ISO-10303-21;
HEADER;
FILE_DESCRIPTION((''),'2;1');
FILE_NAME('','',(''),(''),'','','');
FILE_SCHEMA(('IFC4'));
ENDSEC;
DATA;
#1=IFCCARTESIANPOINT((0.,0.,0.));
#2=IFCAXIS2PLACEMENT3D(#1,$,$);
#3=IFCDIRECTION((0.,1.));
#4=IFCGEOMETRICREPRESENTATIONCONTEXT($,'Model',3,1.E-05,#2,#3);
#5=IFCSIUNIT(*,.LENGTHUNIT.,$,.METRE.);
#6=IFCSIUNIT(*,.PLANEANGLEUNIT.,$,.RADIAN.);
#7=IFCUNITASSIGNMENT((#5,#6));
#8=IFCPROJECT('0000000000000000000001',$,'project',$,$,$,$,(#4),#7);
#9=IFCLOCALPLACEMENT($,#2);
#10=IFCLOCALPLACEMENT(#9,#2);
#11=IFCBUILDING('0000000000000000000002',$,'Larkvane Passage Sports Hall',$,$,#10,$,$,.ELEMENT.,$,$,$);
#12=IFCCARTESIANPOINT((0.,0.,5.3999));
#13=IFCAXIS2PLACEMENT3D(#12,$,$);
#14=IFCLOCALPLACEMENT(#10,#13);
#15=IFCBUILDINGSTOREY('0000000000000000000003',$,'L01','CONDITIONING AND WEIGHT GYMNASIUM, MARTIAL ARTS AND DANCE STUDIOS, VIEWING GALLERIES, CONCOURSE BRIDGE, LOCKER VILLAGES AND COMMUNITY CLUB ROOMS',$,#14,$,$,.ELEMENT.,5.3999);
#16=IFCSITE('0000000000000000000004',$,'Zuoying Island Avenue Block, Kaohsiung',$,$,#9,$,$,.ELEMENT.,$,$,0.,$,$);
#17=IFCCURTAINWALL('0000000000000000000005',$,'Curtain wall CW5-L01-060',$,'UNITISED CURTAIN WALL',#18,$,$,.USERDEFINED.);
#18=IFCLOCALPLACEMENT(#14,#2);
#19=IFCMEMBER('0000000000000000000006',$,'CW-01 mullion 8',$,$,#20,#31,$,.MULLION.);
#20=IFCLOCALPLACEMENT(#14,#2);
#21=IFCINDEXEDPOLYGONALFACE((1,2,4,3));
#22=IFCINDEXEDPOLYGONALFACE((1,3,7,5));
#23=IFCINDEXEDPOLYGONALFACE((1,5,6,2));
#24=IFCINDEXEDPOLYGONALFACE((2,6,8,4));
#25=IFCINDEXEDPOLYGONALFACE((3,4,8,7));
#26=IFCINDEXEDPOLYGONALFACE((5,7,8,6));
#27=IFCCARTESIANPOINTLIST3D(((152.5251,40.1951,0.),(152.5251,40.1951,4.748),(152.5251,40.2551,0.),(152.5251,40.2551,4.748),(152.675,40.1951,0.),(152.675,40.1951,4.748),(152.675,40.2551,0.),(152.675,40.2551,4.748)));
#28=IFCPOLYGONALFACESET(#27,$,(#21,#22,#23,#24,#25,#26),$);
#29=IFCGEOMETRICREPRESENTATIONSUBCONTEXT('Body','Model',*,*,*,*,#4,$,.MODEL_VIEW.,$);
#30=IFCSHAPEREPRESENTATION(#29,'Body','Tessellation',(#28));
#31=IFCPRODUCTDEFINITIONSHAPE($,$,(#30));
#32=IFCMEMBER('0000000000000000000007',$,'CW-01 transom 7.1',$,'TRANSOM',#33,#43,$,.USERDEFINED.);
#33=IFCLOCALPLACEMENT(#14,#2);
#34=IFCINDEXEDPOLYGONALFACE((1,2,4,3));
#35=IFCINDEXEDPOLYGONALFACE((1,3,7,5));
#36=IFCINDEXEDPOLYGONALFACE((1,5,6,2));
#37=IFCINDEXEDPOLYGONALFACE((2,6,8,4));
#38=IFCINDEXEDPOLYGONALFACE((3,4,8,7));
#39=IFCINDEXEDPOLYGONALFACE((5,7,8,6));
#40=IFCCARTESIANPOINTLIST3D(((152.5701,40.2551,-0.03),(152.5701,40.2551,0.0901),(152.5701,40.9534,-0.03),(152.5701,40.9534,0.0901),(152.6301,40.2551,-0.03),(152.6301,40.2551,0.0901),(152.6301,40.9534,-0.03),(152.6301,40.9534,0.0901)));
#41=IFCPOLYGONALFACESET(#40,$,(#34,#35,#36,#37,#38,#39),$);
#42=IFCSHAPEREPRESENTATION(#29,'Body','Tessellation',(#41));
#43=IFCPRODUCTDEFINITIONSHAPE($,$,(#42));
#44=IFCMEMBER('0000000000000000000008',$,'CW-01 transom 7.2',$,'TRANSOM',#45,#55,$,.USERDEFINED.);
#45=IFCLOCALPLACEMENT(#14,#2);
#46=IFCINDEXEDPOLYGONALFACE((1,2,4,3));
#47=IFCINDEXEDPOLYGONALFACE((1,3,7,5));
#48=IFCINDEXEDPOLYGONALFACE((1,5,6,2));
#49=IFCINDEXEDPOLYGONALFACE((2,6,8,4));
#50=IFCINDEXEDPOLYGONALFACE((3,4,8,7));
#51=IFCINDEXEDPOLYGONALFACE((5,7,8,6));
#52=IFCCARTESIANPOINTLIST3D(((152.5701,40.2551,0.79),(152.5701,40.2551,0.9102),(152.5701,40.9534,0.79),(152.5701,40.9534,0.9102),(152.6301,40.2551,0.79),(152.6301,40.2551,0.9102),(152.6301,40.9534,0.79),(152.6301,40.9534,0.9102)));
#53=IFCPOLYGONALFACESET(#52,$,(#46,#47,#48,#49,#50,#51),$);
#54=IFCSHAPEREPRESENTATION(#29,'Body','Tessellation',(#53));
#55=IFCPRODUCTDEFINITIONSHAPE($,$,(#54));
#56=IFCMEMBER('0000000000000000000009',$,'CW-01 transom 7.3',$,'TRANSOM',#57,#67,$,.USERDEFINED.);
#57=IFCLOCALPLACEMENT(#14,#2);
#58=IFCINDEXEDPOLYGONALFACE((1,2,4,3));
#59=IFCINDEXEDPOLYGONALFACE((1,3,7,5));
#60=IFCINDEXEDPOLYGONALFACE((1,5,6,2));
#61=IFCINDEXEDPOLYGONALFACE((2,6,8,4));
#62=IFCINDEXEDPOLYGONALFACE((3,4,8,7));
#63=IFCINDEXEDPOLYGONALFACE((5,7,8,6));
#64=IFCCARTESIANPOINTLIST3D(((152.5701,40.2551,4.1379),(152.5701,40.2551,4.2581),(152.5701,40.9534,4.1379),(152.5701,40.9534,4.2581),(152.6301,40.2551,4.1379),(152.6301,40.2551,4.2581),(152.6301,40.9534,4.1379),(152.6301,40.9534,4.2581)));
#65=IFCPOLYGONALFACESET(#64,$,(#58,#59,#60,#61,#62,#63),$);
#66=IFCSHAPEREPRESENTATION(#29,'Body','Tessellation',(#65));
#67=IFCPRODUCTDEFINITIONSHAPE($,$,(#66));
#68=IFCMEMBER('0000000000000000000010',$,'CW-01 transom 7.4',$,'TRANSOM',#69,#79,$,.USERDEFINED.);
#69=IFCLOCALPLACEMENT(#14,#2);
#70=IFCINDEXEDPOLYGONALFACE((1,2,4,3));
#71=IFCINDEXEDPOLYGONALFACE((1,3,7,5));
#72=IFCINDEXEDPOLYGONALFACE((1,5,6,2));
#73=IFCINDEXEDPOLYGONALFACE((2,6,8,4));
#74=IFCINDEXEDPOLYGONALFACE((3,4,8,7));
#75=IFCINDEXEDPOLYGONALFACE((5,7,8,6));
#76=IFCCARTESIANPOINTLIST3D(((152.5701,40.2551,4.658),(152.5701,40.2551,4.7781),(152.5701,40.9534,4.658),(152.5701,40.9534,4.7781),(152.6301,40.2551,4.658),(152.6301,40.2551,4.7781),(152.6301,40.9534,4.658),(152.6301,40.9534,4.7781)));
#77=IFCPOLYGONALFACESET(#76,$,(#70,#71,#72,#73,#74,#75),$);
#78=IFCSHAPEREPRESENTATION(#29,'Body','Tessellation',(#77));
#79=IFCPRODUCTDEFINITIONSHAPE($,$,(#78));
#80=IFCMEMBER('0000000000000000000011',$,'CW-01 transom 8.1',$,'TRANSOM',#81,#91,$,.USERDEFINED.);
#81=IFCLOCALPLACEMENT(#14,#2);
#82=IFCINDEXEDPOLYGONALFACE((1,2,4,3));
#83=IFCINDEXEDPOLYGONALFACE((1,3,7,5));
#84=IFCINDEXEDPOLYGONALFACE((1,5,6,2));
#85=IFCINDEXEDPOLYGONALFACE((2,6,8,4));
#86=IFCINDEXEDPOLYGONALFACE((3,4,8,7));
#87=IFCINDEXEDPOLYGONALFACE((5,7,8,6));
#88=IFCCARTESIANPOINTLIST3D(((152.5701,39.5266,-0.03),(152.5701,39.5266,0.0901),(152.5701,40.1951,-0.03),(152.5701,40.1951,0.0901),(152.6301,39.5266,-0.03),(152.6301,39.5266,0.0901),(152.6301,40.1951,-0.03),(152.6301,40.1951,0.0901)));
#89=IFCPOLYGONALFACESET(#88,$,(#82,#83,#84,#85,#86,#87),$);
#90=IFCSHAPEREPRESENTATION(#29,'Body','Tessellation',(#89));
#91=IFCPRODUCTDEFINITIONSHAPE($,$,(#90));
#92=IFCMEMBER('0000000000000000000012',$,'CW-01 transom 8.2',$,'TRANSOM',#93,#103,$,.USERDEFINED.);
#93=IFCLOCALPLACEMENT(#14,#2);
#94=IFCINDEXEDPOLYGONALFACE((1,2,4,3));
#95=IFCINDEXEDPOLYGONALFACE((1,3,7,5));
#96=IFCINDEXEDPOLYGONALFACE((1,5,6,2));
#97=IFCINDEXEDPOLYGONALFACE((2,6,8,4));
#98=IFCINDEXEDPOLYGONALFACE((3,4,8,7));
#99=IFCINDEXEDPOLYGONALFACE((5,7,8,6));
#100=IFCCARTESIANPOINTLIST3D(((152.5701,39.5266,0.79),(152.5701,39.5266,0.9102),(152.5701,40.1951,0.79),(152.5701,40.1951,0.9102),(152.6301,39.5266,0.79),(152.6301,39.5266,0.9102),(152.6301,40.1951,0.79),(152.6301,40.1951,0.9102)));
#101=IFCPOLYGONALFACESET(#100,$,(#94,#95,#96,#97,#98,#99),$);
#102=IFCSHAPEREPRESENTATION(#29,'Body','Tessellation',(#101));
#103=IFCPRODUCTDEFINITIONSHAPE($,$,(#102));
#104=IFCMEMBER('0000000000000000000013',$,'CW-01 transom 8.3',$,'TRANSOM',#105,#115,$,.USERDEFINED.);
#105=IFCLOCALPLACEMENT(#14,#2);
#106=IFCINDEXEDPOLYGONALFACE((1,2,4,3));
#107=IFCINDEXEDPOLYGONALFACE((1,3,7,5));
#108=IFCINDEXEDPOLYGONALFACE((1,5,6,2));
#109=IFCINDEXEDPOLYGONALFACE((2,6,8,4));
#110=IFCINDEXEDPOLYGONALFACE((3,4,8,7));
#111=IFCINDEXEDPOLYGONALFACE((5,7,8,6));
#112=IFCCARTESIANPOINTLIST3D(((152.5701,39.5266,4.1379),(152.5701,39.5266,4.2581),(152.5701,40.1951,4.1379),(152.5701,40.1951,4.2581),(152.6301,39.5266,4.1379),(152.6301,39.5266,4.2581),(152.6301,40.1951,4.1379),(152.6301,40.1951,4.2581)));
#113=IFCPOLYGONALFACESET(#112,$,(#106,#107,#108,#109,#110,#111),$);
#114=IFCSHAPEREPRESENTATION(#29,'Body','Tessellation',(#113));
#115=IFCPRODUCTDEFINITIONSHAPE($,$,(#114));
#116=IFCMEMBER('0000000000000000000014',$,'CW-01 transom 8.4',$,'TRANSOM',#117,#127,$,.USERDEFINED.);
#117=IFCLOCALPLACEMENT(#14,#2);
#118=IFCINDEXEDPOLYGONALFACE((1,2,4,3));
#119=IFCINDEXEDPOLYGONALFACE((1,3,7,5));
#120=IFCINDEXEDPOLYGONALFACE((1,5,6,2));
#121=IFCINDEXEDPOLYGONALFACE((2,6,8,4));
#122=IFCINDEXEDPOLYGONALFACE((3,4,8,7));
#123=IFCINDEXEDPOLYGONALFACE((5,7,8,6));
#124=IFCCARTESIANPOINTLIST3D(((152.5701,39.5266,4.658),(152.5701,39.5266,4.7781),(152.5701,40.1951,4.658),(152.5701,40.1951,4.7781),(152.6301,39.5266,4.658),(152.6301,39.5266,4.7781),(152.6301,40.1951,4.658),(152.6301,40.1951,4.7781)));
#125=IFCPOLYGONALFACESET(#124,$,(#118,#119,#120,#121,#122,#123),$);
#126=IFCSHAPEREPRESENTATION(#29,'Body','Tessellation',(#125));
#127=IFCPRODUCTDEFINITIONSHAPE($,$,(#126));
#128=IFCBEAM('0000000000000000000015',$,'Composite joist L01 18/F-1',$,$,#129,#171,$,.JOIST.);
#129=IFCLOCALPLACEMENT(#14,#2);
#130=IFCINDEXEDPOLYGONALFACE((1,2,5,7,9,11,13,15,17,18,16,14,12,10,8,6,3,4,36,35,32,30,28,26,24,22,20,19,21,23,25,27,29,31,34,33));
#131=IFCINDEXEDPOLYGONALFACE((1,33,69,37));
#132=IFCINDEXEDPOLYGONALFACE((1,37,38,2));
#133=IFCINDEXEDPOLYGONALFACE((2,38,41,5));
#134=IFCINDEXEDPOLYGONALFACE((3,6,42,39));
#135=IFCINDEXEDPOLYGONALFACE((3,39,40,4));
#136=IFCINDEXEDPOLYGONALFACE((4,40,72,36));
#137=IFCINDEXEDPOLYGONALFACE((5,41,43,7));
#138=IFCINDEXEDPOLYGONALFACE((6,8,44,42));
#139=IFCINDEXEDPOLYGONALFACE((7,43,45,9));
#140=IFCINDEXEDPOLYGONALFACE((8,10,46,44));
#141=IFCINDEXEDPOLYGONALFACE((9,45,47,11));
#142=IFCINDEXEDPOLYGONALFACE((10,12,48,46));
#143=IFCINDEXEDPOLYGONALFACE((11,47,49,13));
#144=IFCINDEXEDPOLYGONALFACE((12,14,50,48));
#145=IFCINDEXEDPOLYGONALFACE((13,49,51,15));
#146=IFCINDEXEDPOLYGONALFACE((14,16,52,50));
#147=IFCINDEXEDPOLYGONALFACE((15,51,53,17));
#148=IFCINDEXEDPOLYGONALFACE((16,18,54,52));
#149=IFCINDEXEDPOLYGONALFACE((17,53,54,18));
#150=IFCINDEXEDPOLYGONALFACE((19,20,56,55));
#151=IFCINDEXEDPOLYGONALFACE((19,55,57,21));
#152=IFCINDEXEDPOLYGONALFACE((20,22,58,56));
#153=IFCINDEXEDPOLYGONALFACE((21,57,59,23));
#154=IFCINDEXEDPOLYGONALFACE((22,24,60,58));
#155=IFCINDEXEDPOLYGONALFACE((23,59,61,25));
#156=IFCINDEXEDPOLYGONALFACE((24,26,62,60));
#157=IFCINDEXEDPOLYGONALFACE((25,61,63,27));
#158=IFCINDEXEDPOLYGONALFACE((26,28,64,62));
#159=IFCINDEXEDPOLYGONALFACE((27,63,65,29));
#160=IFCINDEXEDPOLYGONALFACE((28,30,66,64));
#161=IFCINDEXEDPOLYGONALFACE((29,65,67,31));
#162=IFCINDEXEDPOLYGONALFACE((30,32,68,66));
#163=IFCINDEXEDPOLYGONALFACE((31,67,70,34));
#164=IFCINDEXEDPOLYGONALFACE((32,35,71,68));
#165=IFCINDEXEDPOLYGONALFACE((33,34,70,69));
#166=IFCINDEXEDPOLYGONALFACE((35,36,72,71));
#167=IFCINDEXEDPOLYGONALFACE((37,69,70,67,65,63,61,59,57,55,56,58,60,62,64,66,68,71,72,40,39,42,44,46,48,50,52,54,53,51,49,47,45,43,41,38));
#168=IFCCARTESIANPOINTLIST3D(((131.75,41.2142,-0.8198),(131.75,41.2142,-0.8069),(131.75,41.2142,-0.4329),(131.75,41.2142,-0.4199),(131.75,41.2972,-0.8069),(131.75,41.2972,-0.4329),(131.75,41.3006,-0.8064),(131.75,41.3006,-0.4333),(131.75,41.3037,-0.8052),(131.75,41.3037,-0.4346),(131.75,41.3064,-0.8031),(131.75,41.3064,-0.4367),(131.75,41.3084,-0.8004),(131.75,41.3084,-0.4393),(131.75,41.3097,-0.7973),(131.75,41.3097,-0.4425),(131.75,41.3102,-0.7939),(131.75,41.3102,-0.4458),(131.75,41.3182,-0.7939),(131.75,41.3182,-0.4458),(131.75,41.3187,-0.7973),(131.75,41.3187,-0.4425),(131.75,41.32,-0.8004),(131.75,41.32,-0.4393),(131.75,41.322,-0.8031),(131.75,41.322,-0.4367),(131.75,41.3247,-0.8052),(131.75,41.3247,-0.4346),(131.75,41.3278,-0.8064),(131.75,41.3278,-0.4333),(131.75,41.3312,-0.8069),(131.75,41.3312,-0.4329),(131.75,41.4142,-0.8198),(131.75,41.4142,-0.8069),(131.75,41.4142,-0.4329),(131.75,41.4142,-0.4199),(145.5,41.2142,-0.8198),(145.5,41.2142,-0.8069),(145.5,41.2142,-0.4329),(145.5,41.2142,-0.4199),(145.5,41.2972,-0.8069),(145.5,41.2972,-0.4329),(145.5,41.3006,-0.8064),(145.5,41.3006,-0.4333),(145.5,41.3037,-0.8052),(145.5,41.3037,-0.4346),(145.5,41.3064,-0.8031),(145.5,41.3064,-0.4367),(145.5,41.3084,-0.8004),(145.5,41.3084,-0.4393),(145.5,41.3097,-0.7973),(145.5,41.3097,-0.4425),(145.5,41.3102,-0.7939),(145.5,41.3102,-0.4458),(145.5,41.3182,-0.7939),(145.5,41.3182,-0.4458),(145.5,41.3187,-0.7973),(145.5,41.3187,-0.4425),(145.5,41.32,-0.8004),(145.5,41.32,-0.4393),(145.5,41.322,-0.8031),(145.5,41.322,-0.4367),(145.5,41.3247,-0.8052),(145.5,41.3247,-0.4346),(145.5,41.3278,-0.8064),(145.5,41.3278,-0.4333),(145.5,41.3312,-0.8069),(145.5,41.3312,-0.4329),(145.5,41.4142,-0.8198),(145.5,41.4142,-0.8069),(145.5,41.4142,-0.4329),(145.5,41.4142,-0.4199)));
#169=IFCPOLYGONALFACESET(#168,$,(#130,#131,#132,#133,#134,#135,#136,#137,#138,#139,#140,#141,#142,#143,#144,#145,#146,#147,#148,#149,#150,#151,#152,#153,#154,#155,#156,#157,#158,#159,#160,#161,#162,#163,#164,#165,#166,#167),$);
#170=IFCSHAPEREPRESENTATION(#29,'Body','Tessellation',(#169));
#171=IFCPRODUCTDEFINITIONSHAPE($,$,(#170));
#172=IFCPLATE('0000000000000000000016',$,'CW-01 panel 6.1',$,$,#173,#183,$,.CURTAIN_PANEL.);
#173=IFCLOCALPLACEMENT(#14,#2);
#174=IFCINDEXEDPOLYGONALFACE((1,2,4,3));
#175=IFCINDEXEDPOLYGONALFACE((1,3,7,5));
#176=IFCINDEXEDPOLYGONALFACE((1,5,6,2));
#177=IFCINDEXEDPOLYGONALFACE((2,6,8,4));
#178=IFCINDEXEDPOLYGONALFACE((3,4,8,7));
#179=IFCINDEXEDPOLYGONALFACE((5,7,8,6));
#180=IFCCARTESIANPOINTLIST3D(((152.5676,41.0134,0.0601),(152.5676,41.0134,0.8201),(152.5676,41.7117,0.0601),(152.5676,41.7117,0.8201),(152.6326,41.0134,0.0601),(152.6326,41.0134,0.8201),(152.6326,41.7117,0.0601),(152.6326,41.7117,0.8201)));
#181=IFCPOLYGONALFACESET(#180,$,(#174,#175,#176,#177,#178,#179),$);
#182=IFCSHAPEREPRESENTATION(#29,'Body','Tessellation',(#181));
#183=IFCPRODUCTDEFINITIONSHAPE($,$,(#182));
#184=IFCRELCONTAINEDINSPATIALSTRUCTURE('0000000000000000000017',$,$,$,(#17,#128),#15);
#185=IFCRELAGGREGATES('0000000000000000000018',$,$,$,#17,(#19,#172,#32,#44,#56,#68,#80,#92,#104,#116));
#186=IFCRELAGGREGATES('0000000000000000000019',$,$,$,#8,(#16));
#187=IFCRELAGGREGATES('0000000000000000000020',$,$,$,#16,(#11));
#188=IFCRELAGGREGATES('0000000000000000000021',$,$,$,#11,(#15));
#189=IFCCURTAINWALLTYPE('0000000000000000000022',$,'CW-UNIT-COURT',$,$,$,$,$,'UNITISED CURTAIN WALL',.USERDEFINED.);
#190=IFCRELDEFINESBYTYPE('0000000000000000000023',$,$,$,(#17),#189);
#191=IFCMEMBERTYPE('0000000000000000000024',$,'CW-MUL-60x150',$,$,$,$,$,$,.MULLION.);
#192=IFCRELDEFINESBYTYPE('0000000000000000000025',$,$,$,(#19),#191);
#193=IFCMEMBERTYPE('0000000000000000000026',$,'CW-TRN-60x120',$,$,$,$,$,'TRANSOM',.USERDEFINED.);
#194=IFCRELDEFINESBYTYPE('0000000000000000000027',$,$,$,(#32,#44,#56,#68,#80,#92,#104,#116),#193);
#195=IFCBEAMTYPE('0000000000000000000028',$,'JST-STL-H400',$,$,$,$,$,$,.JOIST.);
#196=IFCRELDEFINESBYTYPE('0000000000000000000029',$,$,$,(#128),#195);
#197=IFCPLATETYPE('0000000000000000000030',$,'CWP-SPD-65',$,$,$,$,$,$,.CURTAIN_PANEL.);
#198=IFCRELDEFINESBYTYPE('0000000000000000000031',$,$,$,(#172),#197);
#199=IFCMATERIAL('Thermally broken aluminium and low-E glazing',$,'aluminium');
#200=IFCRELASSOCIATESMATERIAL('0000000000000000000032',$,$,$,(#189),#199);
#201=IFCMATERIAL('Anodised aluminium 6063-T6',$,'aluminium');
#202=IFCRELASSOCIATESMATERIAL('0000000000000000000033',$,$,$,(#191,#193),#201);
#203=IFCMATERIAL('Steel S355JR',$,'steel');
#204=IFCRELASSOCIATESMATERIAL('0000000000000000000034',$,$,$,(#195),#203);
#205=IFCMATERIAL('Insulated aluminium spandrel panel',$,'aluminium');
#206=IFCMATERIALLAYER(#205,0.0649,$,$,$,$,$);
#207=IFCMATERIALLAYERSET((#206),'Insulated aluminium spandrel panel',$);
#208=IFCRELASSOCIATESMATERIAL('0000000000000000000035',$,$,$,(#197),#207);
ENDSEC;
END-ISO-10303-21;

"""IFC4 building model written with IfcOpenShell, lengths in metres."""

from ifc_helpers import new_model, si_unit, direction, frame, origin, origin_2d, place, context, subcontext, project, spatial, rectangle, i_section, extrude, material, layer, layer_set, material_profile, profile_set, type_object, element, aggregate, save


model = new_model("IFC4")

# Units and contexts
model_context = context("Model", 3, precision=1e-05, world=origin(), true_north=direction((0.0, 1.0)))
body_context = subcontext(model_context, "Body", "Model", "MODEL_VIEW")
ifc_project = project(units=[si_unit("LENGTHUNIT", "METRE"), si_unit("PLANEANGLEUNIT", "RADIAN")], contexts=[model_context])

# Site, building, storey
site_placement = place(None, origin())
site = spatial("IfcSite", under=ifc_project, at=site_placement, Name="Zuoying Island Avenue Block, Kaohsiung", CompositionType="ELEMENT", RefElevation=0.0)
building_placement = place(site_placement, origin())
building = spatial("IfcBuilding", under=site, at=building_placement, Name="Larkvane Passage Sports Hall", CompositionType="ELEMENT")
storey_placement = place(building_placement, frame((0.0, 0.0, 5.3999)))
storey = spatial("IfcBuildingStorey", under=building, at=storey_placement, Name="L01", Description="CONDITIONING AND WEIGHT GYMNASIUM, MARTIAL ARTS AND DANCE STUDIOS, VIEWING GALLERIES, CONCOURSE BRIDGE, LOCKER VILLAGES AND COMMUNITY CLUB ROOMS", CompositionType="ELEMENT", Elevation=5.3999)

# Shared definitions
ifc_material_1 = material(Name="Steel S355JR", Category="steel")

# Curtain wall, members
ifc_material_2 = material(Name="Thermally broken aluminium and low-E glazing", Category="aluminium")
curtain_wall_type = type_object("IfcCurtainWallType", Name="CW-UNIT-COURT", ElementType="UNITISED CURTAIN WALL", PredefinedType="USERDEFINED", material=ifc_material_2)
curtain_wall_placement = place(storey_placement, origin())
curtain_wall = element("IfcCurtainWall", 1, at=curtain_wall_placement, inside=storey, type_object=curtain_wall_type, Name="Curtain wall CW5-L01-060", ObjectType="UNITISED CURTAIN WALL", PredefinedType="USERDEFINED")
ifc_material_3 = material(Name="Anodised aluminium 6063-T6", Category="aluminium")
ifc_material_profile_1 = material_profile(ifc_material_3, rectangle(XDim=0.0601, YDim=0.1499, at=origin_2d()), Name="ALU-MUL-60x150")
ifc_profile_set_1 = profile_set([ifc_material_profile_1], Name="Anodised aluminium 6063-T6")
member_type_1 = type_object("IfcMemberType", Name="CW-MUL-60x150", PredefinedType="MULLION", material=ifc_profile_set_1)
member_1_placement = place(storey_placement, frame((152.6001, 40.2251, 0.0), z_axis=(0.0, 0.0, 1.0), x_axis=(0.0, -1.0, 0.0)))
member_1 = element("IfcMember", 2, at=member_1_placement, type_object=member_type_1, Name="CW-01 mullion 8", PredefinedType="MULLION", context=body_context, shape_type="SweptSolid", body=[
    extrude(rectangle(XDim=0.0601, YDim=0.1499, at=origin_2d()), origin(), (0.0, 0.0, 1.0), 4.748),
])
ifc_material_profile_2 = material_profile(ifc_material_3, rectangle(XDim=0.0601, YDim=0.1201, at=origin_2d()), Name="ALU-TRN-60x120")
ifc_profile_set_2 = profile_set([ifc_material_profile_2], Name="Anodised aluminium 6063-T6")
member_type_2 = type_object("IfcMemberType", Name="CW-TRN-60x120", ElementType="TRANSOM", PredefinedType="USERDEFINED", material=ifc_profile_set_2)
member_2_placement = place(storey_placement, frame((152.6001, 40.9534, 0.03), z_axis=(0.0, -1.0, 0.0), x_axis=(1.0, 0.0, 0.0)))
member_2 = element("IfcMember", 3, at=member_2_placement, type_object=member_type_2, Name="CW-01 transom 7.1", ObjectType="TRANSOM", PredefinedType="USERDEFINED", context=body_context, shape_type="SweptSolid", body=[
    extrude(rectangle(XDim=0.0601, YDim=0.1201, at=origin_2d()), origin(), (0.0, 0.0, 1.0), 0.6982),
])
member_3_placement = place(storey_placement, frame((152.6001, 40.9534, 0.8501), z_axis=(0.0, -1.0, 0.0), x_axis=(1.0, 0.0, 0.0)))
member_3 = element("IfcMember", 4, at=member_3_placement, type_object=member_type_2, Name="CW-01 transom 7.2", ObjectType="TRANSOM", PredefinedType="USERDEFINED", context=body_context, shape_type="SweptSolid", body=[
    extrude(rectangle(XDim=0.0601, YDim=0.1201, at=origin_2d()), origin(), (0.0, 0.0, 1.0), 0.6982),
])
member_4_placement = place(storey_placement, frame((152.6001, 40.9534, 4.198), z_axis=(0.0, -1.0, 0.0), x_axis=(1.0, 0.0, 0.0)))
member_4 = element("IfcMember", 5, at=member_4_placement, type_object=member_type_2, Name="CW-01 transom 7.3", ObjectType="TRANSOM", PredefinedType="USERDEFINED", context=body_context, shape_type="SweptSolid", body=[
    extrude(rectangle(XDim=0.0601, YDim=0.1201, at=origin_2d()), origin(), (0.0, 0.0, 1.0), 0.6982),
])
member_5_placement = place(storey_placement, frame((152.6001, 40.9534, 4.718), z_axis=(0.0, -1.0, 0.0), x_axis=(1.0, 0.0, 0.0)))
member_5 = element("IfcMember", 6, at=member_5_placement, type_object=member_type_2, Name="CW-01 transom 7.4", ObjectType="TRANSOM", PredefinedType="USERDEFINED", context=body_context, shape_type="SweptSolid", body=[
    extrude(rectangle(XDim=0.0601, YDim=0.1201, at=origin_2d()), origin(), (0.0, 0.0, 1.0), 0.6982),
])
member_6_placement = place(storey_placement, frame((152.6001, 40.1951, 0.03), z_axis=(0.0, -1.0, 0.0), x_axis=(1.0, 0.0, 0.0)))
member_6 = element("IfcMember", 7, at=member_6_placement, type_object=member_type_2, Name="CW-01 transom 8.1", ObjectType="TRANSOM", PredefinedType="USERDEFINED", context=body_context, shape_type="SweptSolid", body=[
    extrude(rectangle(XDim=0.0601, YDim=0.1201, at=origin_2d()), origin(), (0.0, 0.0, 1.0), 0.6685),
])
member_7_placement = place(storey_placement, frame((152.6001, 40.1951, 0.8501), z_axis=(0.0, -1.0, 0.0), x_axis=(1.0, 0.0, 0.0)))
member_7 = element("IfcMember", 8, at=member_7_placement, type_object=member_type_2, Name="CW-01 transom 8.2", ObjectType="TRANSOM", PredefinedType="USERDEFINED", context=body_context, shape_type="SweptSolid", body=[
    extrude(rectangle(XDim=0.0601, YDim=0.1201, at=origin_2d()), origin(), (0.0, 0.0, 1.0), 0.6685),
])
member_8_placement = place(storey_placement, frame((152.6001, 40.1951, 4.198), z_axis=(0.0, -1.0, 0.0), x_axis=(1.0, 0.0, 0.0)))
member_8 = element("IfcMember", 9, at=member_8_placement, type_object=member_type_2, Name="CW-01 transom 8.3", ObjectType="TRANSOM", PredefinedType="USERDEFINED", context=body_context, shape_type="SweptSolid", body=[
    extrude(rectangle(XDim=0.0601, YDim=0.1201, at=origin_2d()), origin(), (0.0, 0.0, 1.0), 0.6685),
])
member_9_placement = place(storey_placement, frame((152.6001, 40.1951, 4.718), z_axis=(0.0, -1.0, 0.0), x_axis=(1.0, 0.0, 0.0)))
member_9 = element("IfcMember", 10, at=member_9_placement, type_object=member_type_2, Name="CW-01 transom 8.4", ObjectType="TRANSOM", PredefinedType="USERDEFINED", context=body_context, shape_type="SweptSolid", body=[
    extrude(rectangle(XDim=0.0601, YDim=0.1201, at=origin_2d()), origin(), (0.0, 0.0, 1.0), 0.6685),
])

# Beam
ifc_material_profile_3 = material_profile(ifc_material_1, i_section(OverallWidth=0.2, OverallDepth=0.3999, WebThickness=0.0081, FlangeThickness=0.0129, FilletRadius=0.0129, at=origin_2d()), Name="H-400x200x8x13")
ifc_profile_set_3 = profile_set([ifc_material_profile_3], Name="Steel S355JR")
beam_type_1 = type_object("IfcBeamType", Name="JST-STL-H400", PredefinedType="JOIST", material=ifc_profile_set_3)
beam_1_placement = place(storey_placement, frame((131.75, 41.3142, -0.6199), z_axis=(1.0, 0.0, 0.0), x_axis=(0.0, 1.0, 0.0)))
element("IfcBeam", 11, at=beam_1_placement, inside=storey, type_object=beam_type_1, Name="Composite joist L01 18/F-1", PredefinedType="JOIST", context=body_context, shape_type="SweptSolid", body=[
    extrude(i_section(OverallWidth=0.2, OverallDepth=0.3999, WebThickness=0.0081, FlangeThickness=0.0129, FilletRadius=0.0129, at=origin_2d()), origin(), (0.0, 0.0, 1.0), 13.75),
])

# Plate
ifc_material_4 = material(Name="Insulated aluminium spandrel panel", Category="aluminium")
ifc_layer_1 = layer(ifc_material_4, 0.0649)
ifc_layer_set_1 = layer_set([ifc_layer_1], Name="Insulated aluminium spandrel panel")
plate_type_1 = type_object("IfcPlateType", Name="CWP-SPD-65", PredefinedType="CURTAIN_PANEL", material=ifc_layer_set_1)
plate_1_placement = place(storey_placement, frame((152.6001, 41.3625, 0.0601), z_axis=(0.0, 0.0, 1.0), x_axis=(0.0, -1.0, 0.0)))
plate_1 = element("IfcPlate", 12, at=plate_1_placement, type_object=plate_type_1, Name="CW-01 panel 6.1", PredefinedType="CURTAIN_PANEL", context=body_context, shape_type="SweptSolid", body=[
    extrude(rectangle(XDim=0.6982, YDim=0.0649, at=origin_2d()), origin(), (0.0, 0.0, 1.0), 0.76),
])
aggregate(curtain_wall, [member_1, plate_1, member_2, member_3, member_4, member_5, member_6, member_7, member_8, member_9])

save(model, "model.ifc")
